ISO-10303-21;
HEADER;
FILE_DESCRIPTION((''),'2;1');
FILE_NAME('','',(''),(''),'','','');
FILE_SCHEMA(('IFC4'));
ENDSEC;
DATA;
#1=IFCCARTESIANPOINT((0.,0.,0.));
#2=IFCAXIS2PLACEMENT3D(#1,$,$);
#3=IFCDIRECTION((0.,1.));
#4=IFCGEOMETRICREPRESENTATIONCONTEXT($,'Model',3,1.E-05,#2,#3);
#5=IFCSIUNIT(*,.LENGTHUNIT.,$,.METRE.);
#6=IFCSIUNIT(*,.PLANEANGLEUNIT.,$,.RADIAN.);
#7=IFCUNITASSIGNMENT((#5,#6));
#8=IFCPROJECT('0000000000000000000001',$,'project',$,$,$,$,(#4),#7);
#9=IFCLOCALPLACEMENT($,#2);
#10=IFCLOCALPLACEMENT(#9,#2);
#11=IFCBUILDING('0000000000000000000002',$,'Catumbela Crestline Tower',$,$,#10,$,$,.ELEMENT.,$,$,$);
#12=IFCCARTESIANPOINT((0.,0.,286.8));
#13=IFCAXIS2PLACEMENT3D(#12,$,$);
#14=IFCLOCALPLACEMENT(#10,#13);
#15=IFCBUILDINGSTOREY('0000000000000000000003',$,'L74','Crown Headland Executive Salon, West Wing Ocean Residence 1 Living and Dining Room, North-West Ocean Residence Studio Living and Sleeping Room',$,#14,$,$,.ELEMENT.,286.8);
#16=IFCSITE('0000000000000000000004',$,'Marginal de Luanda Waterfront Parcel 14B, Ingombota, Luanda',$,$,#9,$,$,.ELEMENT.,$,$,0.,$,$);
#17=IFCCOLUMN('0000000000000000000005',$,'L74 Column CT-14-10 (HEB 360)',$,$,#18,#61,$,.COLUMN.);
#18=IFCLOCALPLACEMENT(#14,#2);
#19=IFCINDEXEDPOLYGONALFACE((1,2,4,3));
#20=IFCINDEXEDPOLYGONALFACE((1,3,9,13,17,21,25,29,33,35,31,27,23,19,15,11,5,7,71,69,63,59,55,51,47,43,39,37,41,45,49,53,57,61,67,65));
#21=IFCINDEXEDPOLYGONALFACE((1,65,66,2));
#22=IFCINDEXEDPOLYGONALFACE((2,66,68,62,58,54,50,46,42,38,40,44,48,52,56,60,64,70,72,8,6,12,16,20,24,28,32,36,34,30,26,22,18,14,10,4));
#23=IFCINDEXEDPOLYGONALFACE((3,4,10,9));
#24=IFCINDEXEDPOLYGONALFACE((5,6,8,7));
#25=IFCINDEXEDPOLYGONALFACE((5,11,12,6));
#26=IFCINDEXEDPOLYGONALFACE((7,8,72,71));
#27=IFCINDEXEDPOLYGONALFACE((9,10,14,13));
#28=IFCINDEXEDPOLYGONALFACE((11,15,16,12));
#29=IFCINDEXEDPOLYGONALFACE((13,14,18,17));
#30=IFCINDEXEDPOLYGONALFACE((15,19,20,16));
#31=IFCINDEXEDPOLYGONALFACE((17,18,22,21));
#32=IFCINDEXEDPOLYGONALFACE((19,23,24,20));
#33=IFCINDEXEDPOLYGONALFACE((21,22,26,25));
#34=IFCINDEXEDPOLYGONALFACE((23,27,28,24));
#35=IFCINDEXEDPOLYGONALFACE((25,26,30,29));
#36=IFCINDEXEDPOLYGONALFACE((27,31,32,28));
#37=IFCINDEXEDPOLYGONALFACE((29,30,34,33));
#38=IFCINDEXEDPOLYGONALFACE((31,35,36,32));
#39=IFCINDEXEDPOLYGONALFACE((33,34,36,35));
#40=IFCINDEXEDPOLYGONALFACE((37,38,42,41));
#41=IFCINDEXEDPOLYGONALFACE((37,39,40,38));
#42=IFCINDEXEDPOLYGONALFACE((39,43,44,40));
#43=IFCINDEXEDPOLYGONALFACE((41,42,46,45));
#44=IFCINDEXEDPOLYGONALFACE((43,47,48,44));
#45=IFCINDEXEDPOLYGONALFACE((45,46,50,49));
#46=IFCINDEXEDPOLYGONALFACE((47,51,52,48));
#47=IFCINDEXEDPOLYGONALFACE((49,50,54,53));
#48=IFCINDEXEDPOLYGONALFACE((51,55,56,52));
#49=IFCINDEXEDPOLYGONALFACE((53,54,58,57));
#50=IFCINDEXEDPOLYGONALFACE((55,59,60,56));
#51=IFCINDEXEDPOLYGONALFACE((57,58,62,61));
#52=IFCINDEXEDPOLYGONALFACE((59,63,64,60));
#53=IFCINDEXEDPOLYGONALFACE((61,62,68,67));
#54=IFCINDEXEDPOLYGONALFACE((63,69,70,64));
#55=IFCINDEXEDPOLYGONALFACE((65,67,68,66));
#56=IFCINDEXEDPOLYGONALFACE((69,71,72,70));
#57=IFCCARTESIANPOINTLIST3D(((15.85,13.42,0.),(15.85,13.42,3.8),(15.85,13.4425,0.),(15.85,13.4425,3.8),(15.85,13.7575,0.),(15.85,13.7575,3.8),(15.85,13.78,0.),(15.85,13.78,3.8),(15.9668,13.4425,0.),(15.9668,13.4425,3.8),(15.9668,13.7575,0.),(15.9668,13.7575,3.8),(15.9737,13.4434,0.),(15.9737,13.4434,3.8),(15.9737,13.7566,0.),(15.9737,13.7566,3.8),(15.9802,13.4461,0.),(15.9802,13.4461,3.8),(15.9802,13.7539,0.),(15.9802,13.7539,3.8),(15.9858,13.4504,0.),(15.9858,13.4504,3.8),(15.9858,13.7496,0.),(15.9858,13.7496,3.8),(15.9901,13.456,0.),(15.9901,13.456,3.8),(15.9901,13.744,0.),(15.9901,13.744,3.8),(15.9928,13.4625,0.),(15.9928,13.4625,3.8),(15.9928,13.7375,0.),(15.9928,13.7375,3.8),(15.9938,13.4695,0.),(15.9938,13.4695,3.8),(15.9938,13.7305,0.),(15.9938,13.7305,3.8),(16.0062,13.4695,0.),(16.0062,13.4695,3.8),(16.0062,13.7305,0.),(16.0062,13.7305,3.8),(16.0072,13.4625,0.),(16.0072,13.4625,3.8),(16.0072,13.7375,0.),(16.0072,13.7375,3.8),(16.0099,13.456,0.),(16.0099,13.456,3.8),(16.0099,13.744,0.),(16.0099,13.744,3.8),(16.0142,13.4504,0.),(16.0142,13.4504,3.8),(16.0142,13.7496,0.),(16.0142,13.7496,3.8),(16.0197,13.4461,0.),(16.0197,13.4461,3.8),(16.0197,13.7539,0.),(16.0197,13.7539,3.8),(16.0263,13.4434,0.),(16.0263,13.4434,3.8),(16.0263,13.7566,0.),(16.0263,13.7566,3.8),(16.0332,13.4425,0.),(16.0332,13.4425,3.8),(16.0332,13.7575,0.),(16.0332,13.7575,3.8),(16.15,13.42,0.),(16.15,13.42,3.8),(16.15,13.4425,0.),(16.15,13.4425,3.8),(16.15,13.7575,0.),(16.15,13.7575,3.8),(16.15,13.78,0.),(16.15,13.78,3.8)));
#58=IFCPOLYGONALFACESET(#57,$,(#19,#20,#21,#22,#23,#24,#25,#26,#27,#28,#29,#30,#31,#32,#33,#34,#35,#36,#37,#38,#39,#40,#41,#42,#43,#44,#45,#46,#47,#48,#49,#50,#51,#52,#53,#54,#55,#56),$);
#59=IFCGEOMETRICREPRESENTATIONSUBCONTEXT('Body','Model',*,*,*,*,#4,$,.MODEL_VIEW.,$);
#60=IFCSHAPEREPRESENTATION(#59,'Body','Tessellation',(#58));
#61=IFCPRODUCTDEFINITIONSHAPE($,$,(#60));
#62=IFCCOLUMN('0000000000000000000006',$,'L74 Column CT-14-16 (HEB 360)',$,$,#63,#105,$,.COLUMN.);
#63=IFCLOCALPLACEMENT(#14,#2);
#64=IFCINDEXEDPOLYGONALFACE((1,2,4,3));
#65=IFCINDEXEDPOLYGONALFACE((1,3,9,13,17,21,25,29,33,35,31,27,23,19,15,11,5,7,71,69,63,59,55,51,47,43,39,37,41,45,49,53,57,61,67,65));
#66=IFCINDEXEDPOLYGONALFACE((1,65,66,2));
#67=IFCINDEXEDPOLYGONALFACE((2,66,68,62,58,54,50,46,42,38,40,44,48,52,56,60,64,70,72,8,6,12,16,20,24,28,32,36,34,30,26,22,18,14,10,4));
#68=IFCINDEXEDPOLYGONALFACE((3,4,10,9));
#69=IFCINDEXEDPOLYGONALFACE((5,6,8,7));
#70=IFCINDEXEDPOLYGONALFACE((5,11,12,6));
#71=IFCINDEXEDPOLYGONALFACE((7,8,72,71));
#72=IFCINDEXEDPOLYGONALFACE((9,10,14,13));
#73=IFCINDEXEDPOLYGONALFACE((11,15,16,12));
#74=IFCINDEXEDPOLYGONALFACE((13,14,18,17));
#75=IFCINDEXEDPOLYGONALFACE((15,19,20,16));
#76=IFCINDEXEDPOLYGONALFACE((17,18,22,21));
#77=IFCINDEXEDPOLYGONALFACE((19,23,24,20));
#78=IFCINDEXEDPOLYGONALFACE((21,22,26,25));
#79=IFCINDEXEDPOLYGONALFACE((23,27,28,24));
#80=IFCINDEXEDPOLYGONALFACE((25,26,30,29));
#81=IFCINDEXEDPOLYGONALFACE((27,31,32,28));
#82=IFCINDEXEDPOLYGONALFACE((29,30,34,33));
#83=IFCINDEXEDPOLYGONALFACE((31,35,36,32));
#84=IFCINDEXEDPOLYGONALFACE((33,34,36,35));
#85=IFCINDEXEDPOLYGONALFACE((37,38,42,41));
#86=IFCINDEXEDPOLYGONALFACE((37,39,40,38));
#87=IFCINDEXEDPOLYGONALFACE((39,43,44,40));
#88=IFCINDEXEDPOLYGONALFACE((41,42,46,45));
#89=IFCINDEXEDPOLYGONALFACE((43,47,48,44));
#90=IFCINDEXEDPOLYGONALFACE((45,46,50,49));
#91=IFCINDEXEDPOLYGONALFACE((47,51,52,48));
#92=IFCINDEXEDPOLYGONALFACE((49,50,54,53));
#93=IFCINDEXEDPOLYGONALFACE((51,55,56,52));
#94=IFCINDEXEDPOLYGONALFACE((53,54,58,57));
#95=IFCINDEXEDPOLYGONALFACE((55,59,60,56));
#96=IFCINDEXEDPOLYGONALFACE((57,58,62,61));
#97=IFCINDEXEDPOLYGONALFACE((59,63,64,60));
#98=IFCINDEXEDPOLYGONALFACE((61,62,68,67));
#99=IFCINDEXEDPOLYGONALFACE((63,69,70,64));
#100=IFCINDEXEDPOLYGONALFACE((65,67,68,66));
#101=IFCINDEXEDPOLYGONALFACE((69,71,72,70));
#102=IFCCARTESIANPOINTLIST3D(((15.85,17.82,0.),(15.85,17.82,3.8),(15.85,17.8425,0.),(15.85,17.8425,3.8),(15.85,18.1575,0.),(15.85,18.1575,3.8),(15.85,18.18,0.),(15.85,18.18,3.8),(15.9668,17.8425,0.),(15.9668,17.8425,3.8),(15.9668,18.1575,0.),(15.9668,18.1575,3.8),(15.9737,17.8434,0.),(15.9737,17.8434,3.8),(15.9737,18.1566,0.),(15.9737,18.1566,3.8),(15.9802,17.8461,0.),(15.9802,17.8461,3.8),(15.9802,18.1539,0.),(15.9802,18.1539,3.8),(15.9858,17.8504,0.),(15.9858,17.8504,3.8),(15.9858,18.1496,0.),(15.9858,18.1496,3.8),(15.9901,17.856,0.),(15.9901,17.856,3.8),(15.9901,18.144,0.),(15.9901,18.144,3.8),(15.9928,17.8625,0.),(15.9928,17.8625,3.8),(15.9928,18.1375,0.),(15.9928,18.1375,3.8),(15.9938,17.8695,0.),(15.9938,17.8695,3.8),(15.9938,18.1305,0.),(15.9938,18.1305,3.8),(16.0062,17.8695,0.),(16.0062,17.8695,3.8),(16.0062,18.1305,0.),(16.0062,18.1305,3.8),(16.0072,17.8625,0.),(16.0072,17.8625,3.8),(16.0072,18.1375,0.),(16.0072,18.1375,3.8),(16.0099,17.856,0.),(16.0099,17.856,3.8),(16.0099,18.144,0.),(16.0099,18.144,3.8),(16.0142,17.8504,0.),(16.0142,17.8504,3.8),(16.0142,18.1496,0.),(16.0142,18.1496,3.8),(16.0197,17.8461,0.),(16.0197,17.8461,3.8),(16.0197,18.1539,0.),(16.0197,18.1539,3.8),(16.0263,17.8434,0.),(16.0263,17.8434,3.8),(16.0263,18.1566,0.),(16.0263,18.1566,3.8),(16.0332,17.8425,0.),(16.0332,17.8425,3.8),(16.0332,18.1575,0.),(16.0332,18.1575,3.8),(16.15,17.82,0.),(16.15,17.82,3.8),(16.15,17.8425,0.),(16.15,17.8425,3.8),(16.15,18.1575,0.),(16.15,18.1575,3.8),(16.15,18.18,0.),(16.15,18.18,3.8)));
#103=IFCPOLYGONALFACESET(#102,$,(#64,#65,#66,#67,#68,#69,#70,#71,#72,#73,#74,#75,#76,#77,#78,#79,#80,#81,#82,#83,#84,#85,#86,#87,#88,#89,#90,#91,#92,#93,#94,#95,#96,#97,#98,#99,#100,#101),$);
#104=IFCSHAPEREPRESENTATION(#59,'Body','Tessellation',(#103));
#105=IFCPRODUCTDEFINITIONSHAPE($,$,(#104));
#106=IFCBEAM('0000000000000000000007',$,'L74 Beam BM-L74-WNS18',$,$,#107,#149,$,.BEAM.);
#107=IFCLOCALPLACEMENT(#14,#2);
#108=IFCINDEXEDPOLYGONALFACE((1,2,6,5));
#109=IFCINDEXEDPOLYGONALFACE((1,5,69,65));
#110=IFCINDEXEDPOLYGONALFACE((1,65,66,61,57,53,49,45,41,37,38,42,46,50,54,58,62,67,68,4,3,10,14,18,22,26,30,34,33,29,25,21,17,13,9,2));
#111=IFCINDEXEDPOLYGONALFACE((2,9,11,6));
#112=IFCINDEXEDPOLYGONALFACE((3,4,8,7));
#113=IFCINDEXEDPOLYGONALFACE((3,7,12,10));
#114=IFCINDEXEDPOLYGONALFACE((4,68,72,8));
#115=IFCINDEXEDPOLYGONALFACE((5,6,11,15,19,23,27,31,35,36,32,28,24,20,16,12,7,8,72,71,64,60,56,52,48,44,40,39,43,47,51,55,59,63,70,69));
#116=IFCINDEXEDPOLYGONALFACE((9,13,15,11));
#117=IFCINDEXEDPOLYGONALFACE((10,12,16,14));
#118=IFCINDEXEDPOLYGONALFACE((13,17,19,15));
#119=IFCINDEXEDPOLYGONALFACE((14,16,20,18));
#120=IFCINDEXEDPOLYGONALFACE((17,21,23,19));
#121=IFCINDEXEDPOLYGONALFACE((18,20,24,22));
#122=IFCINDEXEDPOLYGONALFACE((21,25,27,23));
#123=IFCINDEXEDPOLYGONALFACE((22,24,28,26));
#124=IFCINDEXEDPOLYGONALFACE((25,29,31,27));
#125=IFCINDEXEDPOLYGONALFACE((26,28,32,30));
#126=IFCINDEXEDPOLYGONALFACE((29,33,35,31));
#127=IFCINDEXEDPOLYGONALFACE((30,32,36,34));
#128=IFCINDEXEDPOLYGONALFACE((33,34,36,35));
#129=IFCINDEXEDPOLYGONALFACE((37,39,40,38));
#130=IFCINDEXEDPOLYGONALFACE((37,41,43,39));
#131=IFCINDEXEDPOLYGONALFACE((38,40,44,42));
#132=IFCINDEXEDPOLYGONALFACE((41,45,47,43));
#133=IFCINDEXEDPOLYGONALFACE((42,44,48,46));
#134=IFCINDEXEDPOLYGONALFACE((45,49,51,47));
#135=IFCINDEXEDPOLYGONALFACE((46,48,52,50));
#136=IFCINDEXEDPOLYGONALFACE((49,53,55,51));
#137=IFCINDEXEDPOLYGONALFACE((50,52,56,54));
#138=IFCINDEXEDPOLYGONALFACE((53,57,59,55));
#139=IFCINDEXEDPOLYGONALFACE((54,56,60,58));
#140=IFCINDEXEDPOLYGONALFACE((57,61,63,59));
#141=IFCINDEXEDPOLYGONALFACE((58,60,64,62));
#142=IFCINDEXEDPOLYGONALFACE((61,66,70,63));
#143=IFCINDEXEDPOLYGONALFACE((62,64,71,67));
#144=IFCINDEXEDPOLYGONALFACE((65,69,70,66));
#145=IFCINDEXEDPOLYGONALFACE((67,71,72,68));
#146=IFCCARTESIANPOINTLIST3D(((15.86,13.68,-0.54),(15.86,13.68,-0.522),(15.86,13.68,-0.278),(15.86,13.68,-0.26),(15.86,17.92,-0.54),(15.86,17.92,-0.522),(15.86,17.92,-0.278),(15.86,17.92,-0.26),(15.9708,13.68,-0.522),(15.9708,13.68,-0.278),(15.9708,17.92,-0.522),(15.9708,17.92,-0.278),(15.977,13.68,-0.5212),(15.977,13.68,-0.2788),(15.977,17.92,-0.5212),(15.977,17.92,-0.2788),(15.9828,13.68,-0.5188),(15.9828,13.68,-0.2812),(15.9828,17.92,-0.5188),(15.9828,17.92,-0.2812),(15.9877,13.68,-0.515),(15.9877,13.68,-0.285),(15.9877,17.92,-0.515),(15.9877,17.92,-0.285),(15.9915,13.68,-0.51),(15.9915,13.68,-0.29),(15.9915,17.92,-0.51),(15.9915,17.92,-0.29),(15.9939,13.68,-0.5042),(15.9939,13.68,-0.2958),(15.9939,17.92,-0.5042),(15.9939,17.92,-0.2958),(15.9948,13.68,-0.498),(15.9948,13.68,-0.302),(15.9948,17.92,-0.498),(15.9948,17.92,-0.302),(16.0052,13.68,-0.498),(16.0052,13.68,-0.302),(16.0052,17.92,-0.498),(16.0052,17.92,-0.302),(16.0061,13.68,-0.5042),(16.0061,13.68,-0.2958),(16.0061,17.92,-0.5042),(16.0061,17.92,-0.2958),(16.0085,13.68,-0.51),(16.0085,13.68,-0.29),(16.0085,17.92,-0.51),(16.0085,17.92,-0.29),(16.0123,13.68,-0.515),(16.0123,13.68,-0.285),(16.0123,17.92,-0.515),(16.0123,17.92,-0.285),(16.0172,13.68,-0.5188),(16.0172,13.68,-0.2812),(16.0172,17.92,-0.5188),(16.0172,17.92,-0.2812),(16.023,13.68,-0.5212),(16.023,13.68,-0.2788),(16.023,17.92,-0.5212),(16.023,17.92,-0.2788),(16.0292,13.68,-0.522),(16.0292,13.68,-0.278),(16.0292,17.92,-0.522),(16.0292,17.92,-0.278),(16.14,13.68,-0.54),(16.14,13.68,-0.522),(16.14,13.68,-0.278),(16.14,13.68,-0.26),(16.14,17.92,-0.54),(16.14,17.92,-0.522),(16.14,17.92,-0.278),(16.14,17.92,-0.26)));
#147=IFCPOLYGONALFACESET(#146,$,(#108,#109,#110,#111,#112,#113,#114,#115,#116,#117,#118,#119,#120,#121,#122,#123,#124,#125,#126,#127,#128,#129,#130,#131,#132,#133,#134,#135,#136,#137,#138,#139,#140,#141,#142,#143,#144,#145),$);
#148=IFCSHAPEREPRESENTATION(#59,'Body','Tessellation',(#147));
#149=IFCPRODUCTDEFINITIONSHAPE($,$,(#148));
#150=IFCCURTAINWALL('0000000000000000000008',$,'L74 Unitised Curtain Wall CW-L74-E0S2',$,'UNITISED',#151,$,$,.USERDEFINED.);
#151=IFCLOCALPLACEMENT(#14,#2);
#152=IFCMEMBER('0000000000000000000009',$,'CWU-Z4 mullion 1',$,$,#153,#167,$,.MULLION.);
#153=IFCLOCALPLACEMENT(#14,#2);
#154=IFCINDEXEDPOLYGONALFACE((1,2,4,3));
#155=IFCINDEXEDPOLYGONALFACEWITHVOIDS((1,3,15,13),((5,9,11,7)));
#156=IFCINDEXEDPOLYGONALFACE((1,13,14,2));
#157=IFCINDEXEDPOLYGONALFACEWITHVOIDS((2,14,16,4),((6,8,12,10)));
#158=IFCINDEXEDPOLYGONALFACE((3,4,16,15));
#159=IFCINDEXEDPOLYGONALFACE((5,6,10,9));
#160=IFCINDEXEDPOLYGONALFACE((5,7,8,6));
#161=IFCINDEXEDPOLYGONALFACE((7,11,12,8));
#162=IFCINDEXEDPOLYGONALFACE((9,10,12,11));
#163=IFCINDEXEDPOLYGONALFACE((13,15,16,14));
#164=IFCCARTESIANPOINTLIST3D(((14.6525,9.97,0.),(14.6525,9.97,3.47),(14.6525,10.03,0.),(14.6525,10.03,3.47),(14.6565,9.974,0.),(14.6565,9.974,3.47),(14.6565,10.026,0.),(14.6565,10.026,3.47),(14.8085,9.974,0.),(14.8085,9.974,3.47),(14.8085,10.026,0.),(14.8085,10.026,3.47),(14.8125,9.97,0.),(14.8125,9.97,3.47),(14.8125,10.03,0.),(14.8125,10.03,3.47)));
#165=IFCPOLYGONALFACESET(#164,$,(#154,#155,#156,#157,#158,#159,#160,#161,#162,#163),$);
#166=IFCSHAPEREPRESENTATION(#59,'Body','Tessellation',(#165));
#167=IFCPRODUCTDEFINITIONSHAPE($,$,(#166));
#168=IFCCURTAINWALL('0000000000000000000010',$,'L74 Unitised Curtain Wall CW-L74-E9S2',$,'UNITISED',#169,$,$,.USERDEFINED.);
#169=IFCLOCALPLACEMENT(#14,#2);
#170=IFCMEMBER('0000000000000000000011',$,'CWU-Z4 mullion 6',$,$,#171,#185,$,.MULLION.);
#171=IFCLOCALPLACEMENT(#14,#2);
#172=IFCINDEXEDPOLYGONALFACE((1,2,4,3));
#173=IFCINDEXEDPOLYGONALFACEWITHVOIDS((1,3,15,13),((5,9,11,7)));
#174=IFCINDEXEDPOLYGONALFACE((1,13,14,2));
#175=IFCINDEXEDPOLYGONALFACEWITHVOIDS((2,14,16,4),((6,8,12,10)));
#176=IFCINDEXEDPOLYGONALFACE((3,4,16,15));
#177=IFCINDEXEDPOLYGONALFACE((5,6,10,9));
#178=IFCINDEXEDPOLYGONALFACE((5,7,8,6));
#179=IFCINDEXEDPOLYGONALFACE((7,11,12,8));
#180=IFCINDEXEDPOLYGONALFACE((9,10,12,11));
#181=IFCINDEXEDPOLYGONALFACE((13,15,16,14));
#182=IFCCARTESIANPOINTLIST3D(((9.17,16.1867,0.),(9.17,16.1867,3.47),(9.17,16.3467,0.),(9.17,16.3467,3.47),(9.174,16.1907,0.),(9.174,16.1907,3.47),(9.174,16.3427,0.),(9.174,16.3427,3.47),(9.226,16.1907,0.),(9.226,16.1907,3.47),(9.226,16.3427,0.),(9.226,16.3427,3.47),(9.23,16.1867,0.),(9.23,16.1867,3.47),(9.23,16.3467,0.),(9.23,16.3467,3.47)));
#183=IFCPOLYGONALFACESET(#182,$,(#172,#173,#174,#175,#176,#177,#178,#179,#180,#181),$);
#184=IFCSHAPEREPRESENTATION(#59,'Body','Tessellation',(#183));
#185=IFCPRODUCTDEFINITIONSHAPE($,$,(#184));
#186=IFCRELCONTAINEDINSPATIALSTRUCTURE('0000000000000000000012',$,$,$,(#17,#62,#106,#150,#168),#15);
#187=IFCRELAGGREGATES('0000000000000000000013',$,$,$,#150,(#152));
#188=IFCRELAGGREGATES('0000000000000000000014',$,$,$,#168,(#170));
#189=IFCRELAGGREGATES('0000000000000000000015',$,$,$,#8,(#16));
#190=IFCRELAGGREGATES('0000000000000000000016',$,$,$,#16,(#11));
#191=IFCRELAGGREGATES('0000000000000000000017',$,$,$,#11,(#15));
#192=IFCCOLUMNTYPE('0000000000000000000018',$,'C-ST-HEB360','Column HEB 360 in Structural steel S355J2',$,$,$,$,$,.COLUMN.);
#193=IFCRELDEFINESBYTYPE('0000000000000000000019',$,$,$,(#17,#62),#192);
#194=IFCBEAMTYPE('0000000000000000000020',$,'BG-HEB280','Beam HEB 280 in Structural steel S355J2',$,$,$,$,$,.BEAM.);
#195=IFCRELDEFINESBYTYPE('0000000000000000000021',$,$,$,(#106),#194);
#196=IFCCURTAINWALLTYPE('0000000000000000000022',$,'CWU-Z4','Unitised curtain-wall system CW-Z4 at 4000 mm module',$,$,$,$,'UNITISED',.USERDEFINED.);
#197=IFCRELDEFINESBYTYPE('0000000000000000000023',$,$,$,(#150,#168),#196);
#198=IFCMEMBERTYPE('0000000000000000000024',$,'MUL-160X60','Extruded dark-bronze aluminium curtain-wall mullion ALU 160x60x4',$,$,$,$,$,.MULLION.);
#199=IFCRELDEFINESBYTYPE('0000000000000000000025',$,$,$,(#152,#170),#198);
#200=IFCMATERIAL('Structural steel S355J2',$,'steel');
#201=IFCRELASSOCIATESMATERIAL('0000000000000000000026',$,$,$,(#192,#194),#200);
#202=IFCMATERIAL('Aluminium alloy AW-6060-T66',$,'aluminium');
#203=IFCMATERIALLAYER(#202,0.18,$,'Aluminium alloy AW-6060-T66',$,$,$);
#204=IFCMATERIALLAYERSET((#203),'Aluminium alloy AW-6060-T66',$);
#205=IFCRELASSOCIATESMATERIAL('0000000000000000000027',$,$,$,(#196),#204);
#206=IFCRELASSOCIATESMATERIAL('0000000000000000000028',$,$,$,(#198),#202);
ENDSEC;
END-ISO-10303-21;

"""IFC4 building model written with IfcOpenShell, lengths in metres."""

from ifc_helpers import new_model, si_unit, direction, frame, origin, origin_2d, place, context, subcontext, project, spatial, hollow_rectangle, i_section, extrude, material, layer, layer_set, material_profile, profile_set, type_object, element, aggregate, save


model = new_model("IFC4")

# Units and contexts
model_context = context("Model", 3, precision=1e-05, world=origin(), true_north=direction((0.0, 1.0)))
body_context = subcontext(model_context, "Body", "Model", "MODEL_VIEW")
ifc_project = project(units=[si_unit("LENGTHUNIT", "METRE"), si_unit("PLANEANGLEUNIT", "RADIAN")], contexts=[model_context])

# Site, building, storey
site_placement = place(None, origin())
site = spatial("IfcSite", under=ifc_project, at=site_placement, Name="Marginal de Luanda Waterfront Parcel 14B, Ingombota, Luanda", CompositionType="ELEMENT", RefElevation=0.0)
building_placement = place(site_placement, origin())
building = spatial("IfcBuilding", under=site, at=building_placement, Name="Catumbela Crestline Tower", CompositionType="ELEMENT")
storey_placement = place(building_placement, frame((0.0, 0.0, 286.8)))
storey = spatial("IfcBuildingStorey", under=building, at=storey_placement, Name="L74", Description="Crown Headland Executive Salon, West Wing Ocean Residence 1 Living and Dining Room, North-West Ocean Residence Studio Living and Sleeping Room", CompositionType="ELEMENT", Elevation=286.8)

# Columns
ifc_material_1 = material(Name="Structural steel S355J2", Category="steel")
ifc_material_profile_1 = material_profile(ifc_material_1, i_section(OverallWidth=0.3, OverallDepth=0.36, WebThickness=0.0125, FlangeThickness=0.0225, FilletRadius=0.027, at=origin_2d()), Name="HEB 360")
ifc_profile_set_1 = profile_set([ifc_material_profile_1], Name="Structural steel S355J2")
column_type = type_object("IfcColumnType", Name="C-ST-HEB360", Description="Column HEB 360 in Structural steel S355J2", PredefinedType="COLUMN", material=ifc_profile_set_1)
for number, where, z_axis, x_axis, name in (
    (1, (16.0, 13.6, 0.0), (0.0, 0.0, 1.0), (1.0, 0.0, 0.0), "L74 Column CT-14-10 (HEB 360)"),
    (2, (16.0, 18.0, 0.0), (0.0, 0.0, 1.0), (1.0, 0.0, 0.0), "L74 Column CT-14-16 (HEB 360)"),
):
    element("IfcColumn", number, at=place(storey_placement, frame(where, z_axis=z_axis, x_axis=x_axis)), inside=storey, type_object=column_type, Name=name, PredefinedType="COLUMN", context=body_context, shape_type="SweptSolid", body=[
        extrude(i_section(OverallWidth=0.3, OverallDepth=0.36, WebThickness=0.0125, FlangeThickness=0.0225, FilletRadius=0.027, at=origin_2d()), origin(), (0.0, 0.0, 1.0), 3.8),
    ])

# Beam
ifc_material_profile_2 = material_profile(ifc_material_1, i_section(OverallWidth=0.28, OverallDepth=0.28, WebThickness=0.0105, FlangeThickness=0.018, FilletRadius=0.024, at=origin_2d()), Name="HEB 280")
ifc_profile_set_2 = profile_set([ifc_material_profile_2], Name="Structural steel S355J2")
beam_type = type_object("IfcBeamType", Name="BG-HEB280", Description="Beam HEB 280 in Structural steel S355J2", PredefinedType="BEAM", material=ifc_profile_set_2)
beam_placement = place(storey_placement, frame((16.0, 13.68, -0.4), z_axis=(0.0, 1.0, 0.0), x_axis=(-1.0, 0.0, 0.0)))
element("IfcBeam", 3, at=beam_placement, inside=storey, type_object=beam_type, Name="L74 Beam BM-L74-WNS18", PredefinedType="BEAM", context=body_context, shape_type="SweptSolid", body=[
    extrude(i_section(OverallWidth=0.28, OverallDepth=0.28, WebThickness=0.0105, FlangeThickness=0.018, FilletRadius=0.024, at=origin_2d()), origin(), (0.0, 0.0, 1.0), 4.24),
])

# Curtain walls, members
ifc_material_2 = material(Name="Aluminium alloy AW-6060-T66", Category="aluminium")
ifc_layer_1 = layer(ifc_material_2, 0.18, Name="Aluminium alloy AW-6060-T66")
ifc_layer_set_1 = layer_set([ifc_layer_1], Name="Aluminium alloy AW-6060-T66")
curtain_wall_type = type_object("IfcCurtainWallType", Name="CWU-Z4", Description="Unitised curtain-wall system CW-Z4 at 4000 mm module", ElementType="UNITISED", PredefinedType="USERDEFINED", material=ifc_layer_set_1)
curtain_wall_1_placement = place(storey_placement, origin())
curtain_wall_1 = element("IfcCurtainWall", 4, at=curtain_wall_1_placement, inside=storey, type_object=curtain_wall_type, Name="L74 Unitised Curtain Wall CW-L74-E0S2", ObjectType="UNITISED", PredefinedType="USERDEFINED")
ifc_material_profile_3 = material_profile(ifc_material_2, hollow_rectangle(XDim=0.06, YDim=0.16, WallThickness=0.004, at=origin_2d()), Name="ALU 160x60x4")
ifc_profile_set_3 = profile_set([ifc_material_profile_3], Name="Aluminium alloy AW-6060-T66")
member_type_1 = type_object("IfcMemberType", Name="MUL-160X60", Description="Extruded dark-bronze aluminium curtain-wall mullion ALU 160x60x4", PredefinedType="MULLION", material=ifc_profile_set_3)
member_1_placement = place(storey_placement, frame((14.7325, 10.0, 0.0), z_axis=(0.0, 0.0, 1.0), x_axis=(0.0, 1.0, 0.0)))
member_1 = element("IfcMember", 5, at=member_1_placement, type_object=member_type_1, Name="CWU-Z4 mullion 1", PredefinedType="MULLION", context=body_context, shape_type="SweptSolid", body=[
    extrude(hollow_rectangle(XDim=0.06, YDim=0.16, WallThickness=0.004, at=origin_2d()), origin(), (0.0, 0.0, 1.0), 3.47),
])
curtain_wall_2_placement = place(storey_placement, origin())
curtain_wall_2 = element("IfcCurtainWall", 6, at=curtain_wall_2_placement, inside=storey, type_object=curtain_wall_type, Name="L74 Unitised Curtain Wall CW-L74-E9S2", ObjectType="UNITISED", PredefinedType="USERDEFINED")
member_2_placement = place(storey_placement, frame((9.2, 16.2667, 0.0), z_axis=(0.0, 0.0, 1.0), x_axis=(1.0, 0.0, 0.0)))
member_2 = element("IfcMember", 7, at=member_2_placement, type_object=member_type_1, Name="CWU-Z4 mullion 6", PredefinedType="MULLION", context=body_context, shape_type="SweptSolid", body=[
    extrude(hollow_rectangle(XDim=0.06, YDim=0.16, WallThickness=0.004, at=origin_2d()), origin(), (0.0, 0.0, 1.0), 3.47),
])

aggregate(curtain_wall_1, [member_1])

aggregate(curtain_wall_2, [member_2])

save(model, "model.ifc")
